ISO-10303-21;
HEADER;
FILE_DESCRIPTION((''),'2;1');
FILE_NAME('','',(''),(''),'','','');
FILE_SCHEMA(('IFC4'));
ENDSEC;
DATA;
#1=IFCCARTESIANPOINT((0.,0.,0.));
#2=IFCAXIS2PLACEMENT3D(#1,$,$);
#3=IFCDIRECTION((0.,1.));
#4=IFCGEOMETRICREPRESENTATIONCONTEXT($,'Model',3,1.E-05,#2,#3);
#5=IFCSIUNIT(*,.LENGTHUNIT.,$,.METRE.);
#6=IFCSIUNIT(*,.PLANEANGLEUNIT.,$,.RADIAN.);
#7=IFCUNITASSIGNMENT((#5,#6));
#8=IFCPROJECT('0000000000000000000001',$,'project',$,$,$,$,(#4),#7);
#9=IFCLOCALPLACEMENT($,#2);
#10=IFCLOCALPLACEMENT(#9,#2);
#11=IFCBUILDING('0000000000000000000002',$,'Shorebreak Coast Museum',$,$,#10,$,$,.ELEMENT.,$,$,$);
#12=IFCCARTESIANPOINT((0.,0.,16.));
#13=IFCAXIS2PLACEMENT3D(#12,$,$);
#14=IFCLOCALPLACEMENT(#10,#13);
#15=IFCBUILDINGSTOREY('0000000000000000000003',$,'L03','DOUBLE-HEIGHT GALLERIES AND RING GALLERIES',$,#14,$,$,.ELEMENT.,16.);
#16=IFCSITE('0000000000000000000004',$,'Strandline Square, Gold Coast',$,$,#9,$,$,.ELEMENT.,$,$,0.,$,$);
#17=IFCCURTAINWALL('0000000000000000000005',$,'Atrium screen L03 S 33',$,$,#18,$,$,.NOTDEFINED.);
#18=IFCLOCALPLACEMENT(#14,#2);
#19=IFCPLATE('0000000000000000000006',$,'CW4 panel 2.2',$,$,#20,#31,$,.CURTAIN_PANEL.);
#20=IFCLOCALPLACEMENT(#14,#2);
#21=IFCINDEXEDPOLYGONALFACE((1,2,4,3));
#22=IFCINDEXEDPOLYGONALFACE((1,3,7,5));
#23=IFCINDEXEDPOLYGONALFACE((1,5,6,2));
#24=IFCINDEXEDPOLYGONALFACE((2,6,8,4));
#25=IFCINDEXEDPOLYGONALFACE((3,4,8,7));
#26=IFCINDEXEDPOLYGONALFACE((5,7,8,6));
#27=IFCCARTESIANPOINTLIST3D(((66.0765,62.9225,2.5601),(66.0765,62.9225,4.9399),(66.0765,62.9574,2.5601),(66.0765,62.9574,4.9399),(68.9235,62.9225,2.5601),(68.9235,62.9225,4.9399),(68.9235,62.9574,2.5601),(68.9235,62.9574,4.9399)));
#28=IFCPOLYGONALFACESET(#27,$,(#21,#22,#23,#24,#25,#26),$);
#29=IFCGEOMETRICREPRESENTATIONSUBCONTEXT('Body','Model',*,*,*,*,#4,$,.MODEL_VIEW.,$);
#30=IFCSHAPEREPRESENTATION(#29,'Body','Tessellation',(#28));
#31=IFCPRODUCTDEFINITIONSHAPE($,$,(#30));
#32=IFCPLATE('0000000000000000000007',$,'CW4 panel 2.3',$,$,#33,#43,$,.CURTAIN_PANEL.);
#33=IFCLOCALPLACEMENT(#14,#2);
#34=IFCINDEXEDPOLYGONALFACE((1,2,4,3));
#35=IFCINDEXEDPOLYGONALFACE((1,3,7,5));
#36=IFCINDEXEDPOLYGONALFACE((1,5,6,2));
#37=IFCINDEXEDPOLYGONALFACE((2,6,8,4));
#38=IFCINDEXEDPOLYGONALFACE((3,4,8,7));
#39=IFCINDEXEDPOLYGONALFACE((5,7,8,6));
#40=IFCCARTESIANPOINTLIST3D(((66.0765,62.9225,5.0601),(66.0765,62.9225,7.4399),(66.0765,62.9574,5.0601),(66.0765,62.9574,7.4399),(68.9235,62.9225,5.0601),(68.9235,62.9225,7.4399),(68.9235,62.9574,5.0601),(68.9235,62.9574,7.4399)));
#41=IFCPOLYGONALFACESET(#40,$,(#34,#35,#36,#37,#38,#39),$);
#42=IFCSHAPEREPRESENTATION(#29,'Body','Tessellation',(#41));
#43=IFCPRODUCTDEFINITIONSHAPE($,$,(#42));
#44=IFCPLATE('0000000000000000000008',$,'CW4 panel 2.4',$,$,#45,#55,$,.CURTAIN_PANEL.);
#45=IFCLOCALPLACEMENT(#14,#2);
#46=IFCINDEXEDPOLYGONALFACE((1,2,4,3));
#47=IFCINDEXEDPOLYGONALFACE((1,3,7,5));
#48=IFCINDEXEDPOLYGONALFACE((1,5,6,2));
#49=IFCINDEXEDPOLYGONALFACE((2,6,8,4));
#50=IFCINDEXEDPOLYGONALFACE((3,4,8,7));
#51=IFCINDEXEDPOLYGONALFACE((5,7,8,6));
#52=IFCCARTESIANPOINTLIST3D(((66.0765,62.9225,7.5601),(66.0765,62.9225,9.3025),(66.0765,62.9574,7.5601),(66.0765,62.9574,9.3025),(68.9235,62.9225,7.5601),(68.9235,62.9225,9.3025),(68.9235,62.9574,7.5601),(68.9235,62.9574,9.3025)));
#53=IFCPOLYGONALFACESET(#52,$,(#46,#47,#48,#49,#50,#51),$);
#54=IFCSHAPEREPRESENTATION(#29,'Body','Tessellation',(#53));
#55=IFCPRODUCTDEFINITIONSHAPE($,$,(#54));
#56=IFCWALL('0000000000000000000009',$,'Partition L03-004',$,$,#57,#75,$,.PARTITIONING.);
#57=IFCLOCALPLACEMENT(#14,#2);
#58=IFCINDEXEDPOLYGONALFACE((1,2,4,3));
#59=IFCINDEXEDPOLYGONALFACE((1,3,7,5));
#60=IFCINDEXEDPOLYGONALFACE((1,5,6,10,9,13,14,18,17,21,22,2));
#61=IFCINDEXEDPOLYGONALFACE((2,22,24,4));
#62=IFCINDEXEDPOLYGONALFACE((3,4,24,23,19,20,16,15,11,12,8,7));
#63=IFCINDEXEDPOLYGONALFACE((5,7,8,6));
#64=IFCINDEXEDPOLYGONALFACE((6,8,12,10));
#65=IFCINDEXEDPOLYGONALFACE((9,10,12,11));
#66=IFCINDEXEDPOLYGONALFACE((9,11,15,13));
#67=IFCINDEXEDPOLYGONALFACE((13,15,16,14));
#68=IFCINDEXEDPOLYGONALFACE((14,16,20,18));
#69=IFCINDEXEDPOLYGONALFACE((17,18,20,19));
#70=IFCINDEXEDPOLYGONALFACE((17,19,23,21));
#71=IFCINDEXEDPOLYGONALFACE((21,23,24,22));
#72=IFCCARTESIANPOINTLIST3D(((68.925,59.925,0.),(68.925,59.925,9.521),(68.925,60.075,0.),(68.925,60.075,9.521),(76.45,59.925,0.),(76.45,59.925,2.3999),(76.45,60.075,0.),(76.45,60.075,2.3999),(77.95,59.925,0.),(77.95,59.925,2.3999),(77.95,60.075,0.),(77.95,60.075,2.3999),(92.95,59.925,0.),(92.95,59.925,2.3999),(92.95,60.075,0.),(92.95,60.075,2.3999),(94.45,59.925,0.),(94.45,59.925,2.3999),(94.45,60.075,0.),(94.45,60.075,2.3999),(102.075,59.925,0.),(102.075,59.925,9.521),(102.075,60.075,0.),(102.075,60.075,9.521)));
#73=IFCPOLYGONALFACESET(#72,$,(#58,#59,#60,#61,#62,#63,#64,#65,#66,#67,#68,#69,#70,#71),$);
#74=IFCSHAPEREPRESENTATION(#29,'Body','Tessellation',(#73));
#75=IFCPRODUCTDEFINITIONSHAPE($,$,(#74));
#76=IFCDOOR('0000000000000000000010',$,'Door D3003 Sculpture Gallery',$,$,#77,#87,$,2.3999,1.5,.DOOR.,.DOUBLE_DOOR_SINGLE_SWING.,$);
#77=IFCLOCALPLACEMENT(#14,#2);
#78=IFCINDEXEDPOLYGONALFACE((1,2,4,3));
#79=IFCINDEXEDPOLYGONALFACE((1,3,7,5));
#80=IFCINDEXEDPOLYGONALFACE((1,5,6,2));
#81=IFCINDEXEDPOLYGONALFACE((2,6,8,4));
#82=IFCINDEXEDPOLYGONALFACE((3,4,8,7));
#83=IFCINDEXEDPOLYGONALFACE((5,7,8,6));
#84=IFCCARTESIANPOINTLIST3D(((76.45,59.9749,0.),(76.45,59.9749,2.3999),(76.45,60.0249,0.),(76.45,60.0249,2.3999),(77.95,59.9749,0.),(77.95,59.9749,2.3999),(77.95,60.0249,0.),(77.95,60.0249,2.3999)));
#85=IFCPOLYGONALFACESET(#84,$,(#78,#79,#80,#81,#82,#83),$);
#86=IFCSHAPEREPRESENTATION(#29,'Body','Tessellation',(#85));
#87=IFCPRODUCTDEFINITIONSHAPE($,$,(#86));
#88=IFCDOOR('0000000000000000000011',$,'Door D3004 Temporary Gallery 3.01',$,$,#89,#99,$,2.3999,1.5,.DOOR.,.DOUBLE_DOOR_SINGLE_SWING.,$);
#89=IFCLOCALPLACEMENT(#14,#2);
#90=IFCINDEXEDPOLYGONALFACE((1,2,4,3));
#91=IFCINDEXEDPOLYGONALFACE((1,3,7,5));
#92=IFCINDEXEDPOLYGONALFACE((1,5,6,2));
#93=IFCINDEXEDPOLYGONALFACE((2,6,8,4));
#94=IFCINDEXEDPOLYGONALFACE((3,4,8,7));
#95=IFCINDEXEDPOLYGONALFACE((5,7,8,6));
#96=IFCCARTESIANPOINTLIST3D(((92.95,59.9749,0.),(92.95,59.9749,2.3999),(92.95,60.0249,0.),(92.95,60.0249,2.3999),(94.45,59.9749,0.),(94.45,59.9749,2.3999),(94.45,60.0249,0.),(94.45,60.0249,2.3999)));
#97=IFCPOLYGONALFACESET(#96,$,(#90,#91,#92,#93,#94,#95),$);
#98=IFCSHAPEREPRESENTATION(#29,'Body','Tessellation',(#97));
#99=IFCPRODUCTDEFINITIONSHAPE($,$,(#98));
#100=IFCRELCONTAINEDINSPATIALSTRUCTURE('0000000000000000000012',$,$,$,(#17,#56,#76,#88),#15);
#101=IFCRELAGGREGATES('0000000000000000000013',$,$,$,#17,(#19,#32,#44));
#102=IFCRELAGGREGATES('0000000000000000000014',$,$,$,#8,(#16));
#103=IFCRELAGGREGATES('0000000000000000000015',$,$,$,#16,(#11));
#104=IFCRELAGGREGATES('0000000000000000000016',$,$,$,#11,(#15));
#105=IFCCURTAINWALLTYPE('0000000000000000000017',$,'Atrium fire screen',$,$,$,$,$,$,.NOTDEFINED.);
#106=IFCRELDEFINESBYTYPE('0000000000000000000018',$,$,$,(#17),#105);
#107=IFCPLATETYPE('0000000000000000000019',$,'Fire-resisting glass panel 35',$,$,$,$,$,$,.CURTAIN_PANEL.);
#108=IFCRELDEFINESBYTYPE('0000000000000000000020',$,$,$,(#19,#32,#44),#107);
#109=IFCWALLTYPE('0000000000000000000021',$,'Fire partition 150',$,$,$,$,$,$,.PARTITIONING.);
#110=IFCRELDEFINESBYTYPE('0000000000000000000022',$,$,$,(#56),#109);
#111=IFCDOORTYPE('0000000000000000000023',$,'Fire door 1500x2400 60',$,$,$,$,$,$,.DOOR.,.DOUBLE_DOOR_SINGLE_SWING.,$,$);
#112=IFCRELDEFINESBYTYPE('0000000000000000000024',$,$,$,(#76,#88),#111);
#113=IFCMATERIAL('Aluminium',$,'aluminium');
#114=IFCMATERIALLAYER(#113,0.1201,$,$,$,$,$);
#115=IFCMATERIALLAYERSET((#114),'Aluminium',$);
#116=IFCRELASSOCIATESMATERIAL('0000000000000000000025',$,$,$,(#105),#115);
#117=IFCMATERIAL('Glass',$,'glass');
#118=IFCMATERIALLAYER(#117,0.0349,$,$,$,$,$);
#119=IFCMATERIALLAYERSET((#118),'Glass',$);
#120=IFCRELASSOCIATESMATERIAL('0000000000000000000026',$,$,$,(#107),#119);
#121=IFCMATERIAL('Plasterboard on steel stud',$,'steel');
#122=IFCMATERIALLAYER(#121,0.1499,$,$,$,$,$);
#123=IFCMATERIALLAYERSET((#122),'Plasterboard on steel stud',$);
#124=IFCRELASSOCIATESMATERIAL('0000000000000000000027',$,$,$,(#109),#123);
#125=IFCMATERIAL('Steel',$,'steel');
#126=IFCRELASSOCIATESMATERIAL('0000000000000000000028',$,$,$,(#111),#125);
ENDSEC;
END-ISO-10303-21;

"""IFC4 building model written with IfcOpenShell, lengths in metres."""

from ifc_helpers import new_model, si_unit, direction, frame, frame_2d, origin, origin_2d, place, context, subcontext, project, spatial, rectangle, extrude, material, layer, layer_set, type_object, element, fill, aggregate, save


model = new_model("IFC4")

# Units and contexts
model_context = context("Model", 3, precision=1e-05, world=origin(), true_north=direction((0.0, 1.0)))
body_context = subcontext(model_context, "Body", "Model", "MODEL_VIEW")
ifc_project = project(units=[si_unit("LENGTHUNIT", "METRE"), si_unit("PLANEANGLEUNIT", "RADIAN")], contexts=[model_context])

# Site, building, storey
site_placement = place(None, origin())
site = spatial("IfcSite", under=ifc_project, at=site_placement, Name="Strandline Square, Gold Coast", CompositionType="ELEMENT", RefElevation=0.0)
building_placement = place(site_placement, origin())
building = spatial("IfcBuilding", under=site, at=building_placement, Name="Shorebreak Coast Museum", CompositionType="ELEMENT")
storey_placement = place(building_placement, frame((0.0, 0.0, 16.0)))
storey = spatial("IfcBuildingStorey", under=building, at=storey_placement, Name="L03", Description="DOUBLE-HEIGHT GALLERIES AND RING GALLERIES", CompositionType="ELEMENT", Elevation=16.0)

# Curtain wall, plates
ifc_material_1 = material(Name="Aluminium", Category="aluminium")
ifc_layer_1 = layer(ifc_material_1, 0.1201)
ifc_layer_set_1 = layer_set([ifc_layer_1], Name="Aluminium")
curtain_wall_type = type_object("IfcCurtainWallType", Name="Atrium fire screen", PredefinedType="NOTDEFINED", material=ifc_layer_set_1)
curtain_wall_placement = place(storey_placement, origin())
curtain_wall = element("IfcCurtainWall", 1, at=curtain_wall_placement, inside=storey, type_object=curtain_wall_type, Name="Atrium screen L03 S 33", PredefinedType="NOTDEFINED")
ifc_material_2 = material(Name="Glass", Category="glass")
ifc_layer_2 = layer(ifc_material_2, 0.0349)
ifc_layer_set_2 = layer_set([ifc_layer_2], Name="Glass")
plate_type = type_object("IfcPlateType", Name="Fire-resisting glass panel 35", PredefinedType="CURTAIN_PANEL", material=ifc_layer_set_2)
plate_1_placement = place(storey_placement, frame((67.5, 62.9399, 2.5601), z_axis=(0.0, 0.0, 1.0), x_axis=(1.0, 0.0, 0.0)))
plate_1 = element("IfcPlate", 2, at=plate_1_placement, type_object=plate_type, Name="CW4 panel 2.2", PredefinedType="CURTAIN_PANEL", context=body_context, shape_type="SweptSolid", body=[
    extrude(rectangle(XDim=2.8469, YDim=0.0349, at=origin_2d()), origin(), (0.0, 0.0, 1.0), 2.3799),
])
plate_2_placement = place(storey_placement, frame((67.5, 62.9399, 5.0601), z_axis=(0.0, 0.0, 1.0), x_axis=(1.0, 0.0, 0.0)))
plate_2 = element("IfcPlate", 3, at=plate_2_placement, type_object=plate_type, Name="CW4 panel 2.3", PredefinedType="CURTAIN_PANEL", context=body_context, shape_type="SweptSolid", body=[
    extrude(rectangle(XDim=2.8469, YDim=0.0349, at=origin_2d()), origin(), (0.0, 0.0, 1.0), 2.3799),
])
plate_3_placement = place(storey_placement, frame((67.5, 62.9399, 7.5601), z_axis=(0.0, 0.0, 1.0), x_axis=(1.0, 0.0, 0.0)))
plate_3 = element("IfcPlate", 4, at=plate_3_placement, type_object=plate_type, Name="CW4 panel 2.4", PredefinedType="CURTAIN_PANEL", context=body_context, shape_type="SweptSolid", body=[
    extrude(rectangle(XDim=2.8469, YDim=0.0349, at=origin_2d()), origin(), (0.0, 0.0, 1.0), 1.7424),
])
aggregate(curtain_wall, [plate_1, plate_2, plate_3])

# Wall, openings, doors
ifc_material_3 = material(Name="Plasterboard on steel stud", Category="steel")
ifc_layer_3 = layer(ifc_material_3, 0.1499)
ifc_layer_set_3 = layer_set([ifc_layer_3], Name="Plasterboard on steel stud")
wall_type = type_object("IfcWallType", Name="Fire partition 150", PredefinedType="PARTITIONING", material=ifc_layer_set_3)
wall_placement = place(storey_placement, frame((68.925, 60.0, 0.0), z_axis=(0.0, 0.0, 1.0), x_axis=(1.0, 0.0, 0.0)))
wall = element("IfcWall", 5, at=wall_placement, inside=storey, type_object=wall_type, Name="Partition L03-004", PredefinedType="PARTITIONING", context=body_context, shape_type="SweptSolid", body=[
    extrude(rectangle(XDim=33.1499, YDim=0.1499, at=frame_2d((16.575, 0.0))), origin(), (0.0, 0.0, 1.0), 9.521),
])
opening_1_placement = place(wall_placement, frame((7.5249, 0.0, 0.0)))
opening_1 = element("IfcOpeningElement", 6, at=opening_1_placement, cuts=wall, PredefinedType="OPENING", context=body_context, shape_type="SweptSolid", body=[
    extrude(rectangle(XDim=1.5, YDim=2.3999, at=frame_2d((0.75, 1.2))), frame((0.0, 0.085, 0.0), z_axis=(0.0, -1.0, 0.0), x_axis=(1.0, 0.0, 0.0)), (0.0, 0.0, 1.0), 0.1699),
])
opening_2_placement = place(wall_placement, frame((24.0249, 0.0, 0.0)))
opening_2 = element("IfcOpeningElement", 7, at=opening_2_placement, cuts=wall, PredefinedType="OPENING", context=body_context, shape_type="SweptSolid", body=[
    extrude(rectangle(XDim=1.5, YDim=2.3999, at=frame_2d((0.75, 1.2))), frame((0.0, 0.085, 0.0), z_axis=(0.0, -1.0, 0.0), x_axis=(1.0, 0.0, 0.0)), (0.0, 0.0, 1.0), 0.1699),
])
ifc_material_4 = material(Name="Steel", Category="steel")
door_type = type_object("IfcDoorType", Name="Fire door 1500x2400 60", OperationType="DOUBLE_DOOR_SINGLE_SWING", PredefinedType="DOOR", material=ifc_material_4)
door_1_placement = place(opening_1_placement, origin())
door_1 = element("IfcDoor", 8, at=door_1_placement, inside=storey, type_object=door_type, Name="Door D3003 Sculpture Gallery", OperationType="DOUBLE_DOOR_SINGLE_SWING", OverallHeight=2.3999, OverallWidth=1.5, PredefinedType="DOOR", context=body_context, shape_type="SweptSolid", body=[
    extrude(rectangle(XDim=1.5, YDim=2.3999, at=frame_2d((0.75, 1.2))), frame((0.0, 0.0249, 0.0), z_axis=(0.0, -1.0, 0.0), x_axis=(1.0, 0.0, 0.0)), (0.0, 0.0, 1.0), 0.05),
])
fill(opening_1, door_1)
door_2_placement = place(opening_2_placement, origin())
door_2 = element("IfcDoor", 9, at=door_2_placement, inside=storey, type_object=door_type, Name="Door D3004 Temporary Gallery 3.01", OperationType="DOUBLE_DOOR_SINGLE_SWING", OverallHeight=2.3999, OverallWidth=1.5, PredefinedType="DOOR", context=body_context, shape_type="SweptSolid", body=[
    extrude(rectangle(XDim=1.5, YDim=2.3999, at=frame_2d((0.75, 1.2))), frame((0.0, 0.0249, 0.0), z_axis=(0.0, -1.0, 0.0), x_axis=(1.0, 0.0, 0.0)), (0.0, 0.0, 1.0), 0.05),
])
fill(opening_2, door_2)

save(model, "model.ifc")
